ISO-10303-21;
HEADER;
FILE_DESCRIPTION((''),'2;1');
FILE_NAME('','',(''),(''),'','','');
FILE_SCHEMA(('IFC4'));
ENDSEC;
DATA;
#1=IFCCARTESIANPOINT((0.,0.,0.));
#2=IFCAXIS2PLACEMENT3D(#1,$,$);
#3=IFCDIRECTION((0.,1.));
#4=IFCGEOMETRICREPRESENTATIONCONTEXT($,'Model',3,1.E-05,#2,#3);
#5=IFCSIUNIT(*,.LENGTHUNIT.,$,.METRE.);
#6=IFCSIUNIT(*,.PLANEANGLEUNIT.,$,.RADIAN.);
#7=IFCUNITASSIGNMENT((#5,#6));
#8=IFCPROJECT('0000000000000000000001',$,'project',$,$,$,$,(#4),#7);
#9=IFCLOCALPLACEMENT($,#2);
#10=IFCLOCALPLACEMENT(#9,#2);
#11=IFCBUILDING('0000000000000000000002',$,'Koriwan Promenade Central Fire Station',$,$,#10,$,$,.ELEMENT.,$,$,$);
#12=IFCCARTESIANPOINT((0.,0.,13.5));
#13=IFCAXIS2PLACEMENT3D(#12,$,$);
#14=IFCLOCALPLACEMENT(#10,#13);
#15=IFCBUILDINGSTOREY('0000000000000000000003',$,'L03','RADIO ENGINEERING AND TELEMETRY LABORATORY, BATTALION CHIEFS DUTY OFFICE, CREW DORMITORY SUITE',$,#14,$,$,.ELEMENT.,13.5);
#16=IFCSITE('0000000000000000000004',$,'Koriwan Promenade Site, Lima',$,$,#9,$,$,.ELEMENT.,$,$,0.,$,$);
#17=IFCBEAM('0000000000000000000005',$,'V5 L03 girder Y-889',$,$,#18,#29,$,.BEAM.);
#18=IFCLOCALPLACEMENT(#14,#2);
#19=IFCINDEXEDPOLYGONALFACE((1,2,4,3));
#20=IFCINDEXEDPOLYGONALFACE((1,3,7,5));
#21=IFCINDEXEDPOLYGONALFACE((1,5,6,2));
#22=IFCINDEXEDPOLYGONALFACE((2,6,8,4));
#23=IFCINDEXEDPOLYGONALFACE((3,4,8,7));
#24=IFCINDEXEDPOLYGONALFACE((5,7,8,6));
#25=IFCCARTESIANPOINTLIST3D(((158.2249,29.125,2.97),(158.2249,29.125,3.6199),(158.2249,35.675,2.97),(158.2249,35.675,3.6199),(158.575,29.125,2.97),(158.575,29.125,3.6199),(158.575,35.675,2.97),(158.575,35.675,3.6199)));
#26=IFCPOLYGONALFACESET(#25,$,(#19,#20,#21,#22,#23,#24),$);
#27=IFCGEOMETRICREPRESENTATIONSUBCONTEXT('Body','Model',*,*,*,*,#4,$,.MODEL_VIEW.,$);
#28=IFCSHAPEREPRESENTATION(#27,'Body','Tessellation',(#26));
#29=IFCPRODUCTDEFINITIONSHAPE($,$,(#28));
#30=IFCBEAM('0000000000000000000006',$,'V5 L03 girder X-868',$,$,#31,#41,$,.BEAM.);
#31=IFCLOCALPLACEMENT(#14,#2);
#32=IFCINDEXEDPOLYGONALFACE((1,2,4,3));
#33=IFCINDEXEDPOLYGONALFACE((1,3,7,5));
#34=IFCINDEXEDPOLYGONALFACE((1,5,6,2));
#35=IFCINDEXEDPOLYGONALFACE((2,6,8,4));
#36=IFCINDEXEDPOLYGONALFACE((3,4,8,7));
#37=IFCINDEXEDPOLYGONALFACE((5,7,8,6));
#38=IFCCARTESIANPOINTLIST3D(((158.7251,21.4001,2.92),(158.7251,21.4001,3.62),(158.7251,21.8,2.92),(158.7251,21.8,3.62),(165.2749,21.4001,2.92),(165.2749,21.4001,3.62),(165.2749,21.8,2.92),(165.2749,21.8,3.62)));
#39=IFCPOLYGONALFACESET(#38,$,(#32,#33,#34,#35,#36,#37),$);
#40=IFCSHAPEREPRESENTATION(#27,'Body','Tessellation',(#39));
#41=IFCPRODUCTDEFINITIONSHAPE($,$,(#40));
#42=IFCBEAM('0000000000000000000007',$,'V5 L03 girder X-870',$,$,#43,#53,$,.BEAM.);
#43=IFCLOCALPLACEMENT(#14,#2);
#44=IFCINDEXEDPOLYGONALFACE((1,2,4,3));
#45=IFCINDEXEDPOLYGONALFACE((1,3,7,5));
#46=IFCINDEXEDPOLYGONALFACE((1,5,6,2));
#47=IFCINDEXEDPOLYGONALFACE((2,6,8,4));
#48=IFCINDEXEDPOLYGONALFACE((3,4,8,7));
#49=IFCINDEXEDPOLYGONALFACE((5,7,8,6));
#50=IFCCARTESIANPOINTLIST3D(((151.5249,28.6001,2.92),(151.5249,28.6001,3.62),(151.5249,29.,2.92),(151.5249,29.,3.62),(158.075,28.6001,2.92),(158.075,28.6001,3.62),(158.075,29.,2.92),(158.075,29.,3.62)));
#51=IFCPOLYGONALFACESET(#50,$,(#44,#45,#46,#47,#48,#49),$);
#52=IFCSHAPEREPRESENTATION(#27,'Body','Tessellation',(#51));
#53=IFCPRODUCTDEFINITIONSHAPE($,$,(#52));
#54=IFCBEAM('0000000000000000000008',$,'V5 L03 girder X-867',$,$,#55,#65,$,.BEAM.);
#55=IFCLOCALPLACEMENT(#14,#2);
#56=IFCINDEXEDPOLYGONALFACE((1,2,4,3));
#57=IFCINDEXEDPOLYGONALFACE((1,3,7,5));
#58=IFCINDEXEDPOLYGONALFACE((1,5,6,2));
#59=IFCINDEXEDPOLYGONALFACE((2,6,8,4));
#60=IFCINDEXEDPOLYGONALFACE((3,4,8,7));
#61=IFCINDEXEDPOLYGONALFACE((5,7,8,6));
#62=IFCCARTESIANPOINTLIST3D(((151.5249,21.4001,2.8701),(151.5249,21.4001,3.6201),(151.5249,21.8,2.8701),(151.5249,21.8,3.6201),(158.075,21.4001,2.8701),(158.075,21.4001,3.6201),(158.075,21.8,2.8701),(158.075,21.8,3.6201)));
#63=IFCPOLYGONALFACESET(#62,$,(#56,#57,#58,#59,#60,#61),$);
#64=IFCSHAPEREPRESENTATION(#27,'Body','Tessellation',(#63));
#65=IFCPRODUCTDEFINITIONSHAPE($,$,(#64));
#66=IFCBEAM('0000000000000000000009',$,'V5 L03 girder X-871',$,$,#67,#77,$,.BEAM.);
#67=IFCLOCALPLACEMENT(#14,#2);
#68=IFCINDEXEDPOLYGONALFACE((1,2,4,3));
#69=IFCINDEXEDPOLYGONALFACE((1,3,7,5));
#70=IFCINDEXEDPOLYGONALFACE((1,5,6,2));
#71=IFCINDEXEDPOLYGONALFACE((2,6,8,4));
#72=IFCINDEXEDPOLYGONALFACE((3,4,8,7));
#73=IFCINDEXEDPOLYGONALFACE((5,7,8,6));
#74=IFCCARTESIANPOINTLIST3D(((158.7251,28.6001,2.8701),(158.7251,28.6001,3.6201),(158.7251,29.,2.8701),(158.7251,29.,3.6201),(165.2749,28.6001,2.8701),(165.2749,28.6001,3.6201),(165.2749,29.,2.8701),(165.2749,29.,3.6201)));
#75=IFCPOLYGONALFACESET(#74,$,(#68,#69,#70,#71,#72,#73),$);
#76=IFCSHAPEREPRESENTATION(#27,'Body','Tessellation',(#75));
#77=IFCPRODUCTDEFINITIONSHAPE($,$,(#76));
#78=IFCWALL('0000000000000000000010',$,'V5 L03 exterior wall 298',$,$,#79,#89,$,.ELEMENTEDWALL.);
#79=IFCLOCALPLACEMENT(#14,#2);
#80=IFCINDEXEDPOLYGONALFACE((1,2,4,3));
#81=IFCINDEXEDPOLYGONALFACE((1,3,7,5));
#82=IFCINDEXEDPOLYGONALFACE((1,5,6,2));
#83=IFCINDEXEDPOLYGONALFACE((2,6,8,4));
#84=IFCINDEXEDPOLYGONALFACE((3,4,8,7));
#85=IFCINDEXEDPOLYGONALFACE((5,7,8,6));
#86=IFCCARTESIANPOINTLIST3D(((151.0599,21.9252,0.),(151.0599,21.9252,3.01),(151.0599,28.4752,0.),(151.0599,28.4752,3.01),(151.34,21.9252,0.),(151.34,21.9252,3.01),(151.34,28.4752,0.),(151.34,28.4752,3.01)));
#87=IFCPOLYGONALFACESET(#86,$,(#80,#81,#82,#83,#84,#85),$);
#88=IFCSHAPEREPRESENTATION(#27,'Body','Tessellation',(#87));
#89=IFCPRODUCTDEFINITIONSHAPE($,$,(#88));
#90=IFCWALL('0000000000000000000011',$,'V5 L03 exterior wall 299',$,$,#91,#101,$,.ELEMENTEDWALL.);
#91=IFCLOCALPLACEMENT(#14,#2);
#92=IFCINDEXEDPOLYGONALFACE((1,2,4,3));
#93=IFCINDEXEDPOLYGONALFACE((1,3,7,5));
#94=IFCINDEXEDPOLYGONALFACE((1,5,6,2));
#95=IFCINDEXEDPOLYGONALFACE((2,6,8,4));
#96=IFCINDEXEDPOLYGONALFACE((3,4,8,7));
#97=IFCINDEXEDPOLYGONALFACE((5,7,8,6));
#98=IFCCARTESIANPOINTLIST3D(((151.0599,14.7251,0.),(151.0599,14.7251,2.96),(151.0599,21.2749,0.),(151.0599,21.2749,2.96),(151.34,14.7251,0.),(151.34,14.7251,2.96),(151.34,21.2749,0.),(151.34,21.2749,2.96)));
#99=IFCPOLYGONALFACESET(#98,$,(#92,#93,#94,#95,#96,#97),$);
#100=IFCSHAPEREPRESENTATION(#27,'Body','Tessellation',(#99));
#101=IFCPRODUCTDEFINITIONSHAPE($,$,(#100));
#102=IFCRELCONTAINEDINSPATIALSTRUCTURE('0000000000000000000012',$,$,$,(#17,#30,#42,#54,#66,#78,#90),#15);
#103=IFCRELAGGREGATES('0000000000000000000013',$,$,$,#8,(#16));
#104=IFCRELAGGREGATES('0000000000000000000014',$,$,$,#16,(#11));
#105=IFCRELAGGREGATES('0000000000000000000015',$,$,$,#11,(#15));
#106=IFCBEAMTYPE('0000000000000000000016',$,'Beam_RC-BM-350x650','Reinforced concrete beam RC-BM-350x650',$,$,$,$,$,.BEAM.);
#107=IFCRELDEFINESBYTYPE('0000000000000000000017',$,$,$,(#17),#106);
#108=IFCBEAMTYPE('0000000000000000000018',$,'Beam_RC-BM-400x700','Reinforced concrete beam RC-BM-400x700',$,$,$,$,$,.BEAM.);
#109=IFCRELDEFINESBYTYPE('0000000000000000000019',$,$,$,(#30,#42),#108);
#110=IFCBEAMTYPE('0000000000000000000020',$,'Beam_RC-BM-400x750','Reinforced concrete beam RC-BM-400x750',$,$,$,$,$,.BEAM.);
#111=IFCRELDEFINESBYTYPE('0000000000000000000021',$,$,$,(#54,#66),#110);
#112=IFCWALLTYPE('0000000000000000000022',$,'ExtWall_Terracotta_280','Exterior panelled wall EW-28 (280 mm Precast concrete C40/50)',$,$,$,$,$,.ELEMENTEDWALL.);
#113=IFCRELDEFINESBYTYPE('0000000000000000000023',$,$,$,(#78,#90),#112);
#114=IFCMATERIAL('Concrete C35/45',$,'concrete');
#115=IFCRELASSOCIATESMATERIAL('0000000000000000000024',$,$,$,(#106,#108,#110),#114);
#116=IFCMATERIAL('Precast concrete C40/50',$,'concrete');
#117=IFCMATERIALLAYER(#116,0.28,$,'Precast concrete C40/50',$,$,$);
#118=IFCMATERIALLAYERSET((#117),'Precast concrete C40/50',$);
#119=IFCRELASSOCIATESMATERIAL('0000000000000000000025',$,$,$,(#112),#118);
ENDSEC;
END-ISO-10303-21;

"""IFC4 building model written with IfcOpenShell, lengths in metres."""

from ifc_helpers import new_model, si_unit, direction, frame, frame_2d, origin, origin_2d, place, context, subcontext, project, spatial, rectangle, extrude, material, layer, layer_set, material_profile, profile_set, type_object, element, save


model = new_model("IFC4")

# Units and contexts
model_context = context("Model", 3, precision=1e-05, world=origin(), true_north=direction((0.0, 1.0)))
body_context = subcontext(model_context, "Body", "Model", "MODEL_VIEW")
ifc_project = project(units=[si_unit("LENGTHUNIT", "METRE"), si_unit("PLANEANGLEUNIT", "RADIAN")], contexts=[model_context])

# Site, building, storey
site_placement = place(None, origin())
site = spatial("IfcSite", under=ifc_project, at=site_placement, Name="Koriwan Promenade Site, Lima", CompositionType="ELEMENT", RefElevation=0.0)
building_placement = place(site_placement, origin())
building = spatial("IfcBuilding", under=site, at=building_placement, Name="Koriwan Promenade Central Fire Station", CompositionType="ELEMENT")
storey_placement = place(building_placement, frame((0.0, 0.0, 13.5)))
storey = spatial("IfcBuildingStorey", under=building, at=storey_placement, Name="L03", Description="RADIO ENGINEERING AND TELEMETRY LABORATORY, BATTALION CHIEFS DUTY OFFICE, CREW DORMITORY SUITE", CompositionType="ELEMENT", Elevation=13.5)

# Beams
ifc_material_1 = material(Name="Concrete C35/45", Category="concrete")
ifc_material_profile_1 = material_profile(ifc_material_1, rectangle(XDim=0.3501, YDim=0.6499, at=origin_2d()), Name="RC-BM-350x650")
ifc_profile_set_1 = profile_set([ifc_material_profile_1], Name="Concrete C35/45")
beam_type_1 = type_object("IfcBeamType", Name="Beam_RC-BM-350x650", Description="Reinforced concrete beam RC-BM-350x650", PredefinedType="BEAM", material=ifc_profile_set_1)
for number, where, z_axis, x_axis, name in (
    (1, (158.3999, 29.125, 3.2949), (0.0, 1.0, 0.0), (-1.0, 0.0, 0.0), "V5 L03 girder Y-889"),
):
    element("IfcBeam", number, at=place(storey_placement, frame(where, z_axis=z_axis, x_axis=x_axis)), inside=storey, type_object=beam_type_1, Name=name, PredefinedType="BEAM", context=body_context, shape_type="SweptSolid", body=[
        extrude(rectangle(XDim=0.3501, YDim=0.6499, at=origin_2d()), origin(), (0.0, 0.0, 1.0), 6.55),
    ])
ifc_material_profile_2 = material_profile(ifc_material_1, rectangle(XDim=0.3999, YDim=0.7, at=origin_2d()), Name="RC-BM-400x700")
ifc_profile_set_2 = profile_set([ifc_material_profile_2], Name="Concrete C35/45")
beam_type_2 = type_object("IfcBeamType", Name="Beam_RC-BM-400x700", Description="Reinforced concrete beam RC-BM-400x700", PredefinedType="BEAM", material=ifc_profile_set_2)
beam_1_placement = place(storey_placement, frame((158.7251, 21.6001, 3.27), z_axis=(1.0, 0.0, 0.0), x_axis=(0.0, 1.0, 0.0)))
element("IfcBeam", 2, at=beam_1_placement, inside=storey, type_object=beam_type_2, Name="V5 L03 girder X-868", PredefinedType="BEAM", context=body_context, shape_type="SweptSolid", body=[
    extrude(rectangle(XDim=0.3999, YDim=0.7, at=origin_2d()), origin(), (0.0, 0.0, 1.0), 6.5498),
])
beam_2_placement = place(storey_placement, frame((151.5249, 28.8, 3.27), z_axis=(1.0, 0.0, 0.0), x_axis=(0.0, 1.0, 0.0)))
element("IfcBeam", 3, at=beam_2_placement, inside=storey, type_object=beam_type_2, Name="V5 L03 girder X-870", PredefinedType="BEAM", context=body_context, shape_type="SweptSolid", body=[
    extrude(rectangle(XDim=0.3999, YDim=0.7, at=origin_2d()), origin(), (0.0, 0.0, 1.0), 6.55),
])
ifc_material_profile_3 = material_profile(ifc_material_1, rectangle(XDim=0.3999, YDim=0.75, at=origin_2d()), Name="RC-BM-400x750")
ifc_profile_set_3 = profile_set([ifc_material_profile_3], Name="Concrete C35/45")
beam_type_3 = type_object("IfcBeamType", Name="Beam_RC-BM-400x750", Description="Reinforced concrete beam RC-BM-400x750", PredefinedType="BEAM", material=ifc_profile_set_3)
beam_3_placement = place(storey_placement, frame((151.5249, 21.6001, 3.2451), z_axis=(1.0, 0.0, 0.0), x_axis=(0.0, 1.0, 0.0)))
element("IfcBeam", 4, at=beam_3_placement, inside=storey, type_object=beam_type_3, Name="V5 L03 girder X-867", PredefinedType="BEAM", context=body_context, shape_type="SweptSolid", body=[
    extrude(rectangle(XDim=0.3999, YDim=0.75, at=origin_2d()), origin(), (0.0, 0.0, 1.0), 6.55),
])
beam_4_placement = place(storey_placement, frame((158.7251, 28.8, 3.2451), z_axis=(1.0, 0.0, 0.0), x_axis=(0.0, 1.0, 0.0)))
element("IfcBeam", 5, at=beam_4_placement, inside=storey, type_object=beam_type_3, Name="V5 L03 girder X-871", PredefinedType="BEAM", context=body_context, shape_type="SweptSolid", body=[
    extrude(rectangle(XDim=0.3999, YDim=0.75, at=origin_2d()), origin(), (0.0, 0.0, 1.0), 6.5498),
])

# Walls
ifc_material_2 = material(Name="Precast concrete C40/50", Category="concrete")
ifc_layer = layer(ifc_material_2, 0.28, Name="Precast concrete C40/50")
ifc_layer_set = layer_set([ifc_layer], Name="Precast concrete C40/50")
wall_type = type_object("IfcWallType", Name="ExtWall_Terracotta_280", Description="Exterior panelled wall EW-28 (280 mm Precast concrete C40/50)", PredefinedType="ELEMENTEDWALL", material=ifc_layer_set)
wall_1_placement = place(storey_placement, frame((151.2, 28.4751, 0.0), z_axis=(0.0, 0.0, 1.0), x_axis=(0.0, -1.0, 0.0)))
element("IfcWall", 6, at=wall_1_placement, inside=storey, type_object=wall_type, Name="V5 L03 exterior wall 298", PredefinedType="ELEMENTEDWALL", context=body_context, shape_type="SweptSolid", body=[
    extrude(rectangle(XDim=6.55, YDim=0.28, at=frame_2d((3.2749, 0.0))), origin(), (0.0, 0.0, 1.0), 3.01),
])
wall_2_placement = place(storey_placement, frame((151.2, 21.2749, 0.0), z_axis=(0.0, 0.0, 1.0), x_axis=(0.0, -1.0, 0.0)))
element("IfcWall", 7, at=wall_2_placement, inside=storey, type_object=wall_type, Name="V5 L03 exterior wall 299", PredefinedType="ELEMENTEDWALL", context=body_context, shape_type="SweptSolid", body=[
    extrude(rectangle(XDim=6.5498, YDim=0.28, at=frame_2d((3.2749, 0.0))), origin(), (0.0, 0.0, 1.0), 2.96),
])

save(model, "model.ifc")
